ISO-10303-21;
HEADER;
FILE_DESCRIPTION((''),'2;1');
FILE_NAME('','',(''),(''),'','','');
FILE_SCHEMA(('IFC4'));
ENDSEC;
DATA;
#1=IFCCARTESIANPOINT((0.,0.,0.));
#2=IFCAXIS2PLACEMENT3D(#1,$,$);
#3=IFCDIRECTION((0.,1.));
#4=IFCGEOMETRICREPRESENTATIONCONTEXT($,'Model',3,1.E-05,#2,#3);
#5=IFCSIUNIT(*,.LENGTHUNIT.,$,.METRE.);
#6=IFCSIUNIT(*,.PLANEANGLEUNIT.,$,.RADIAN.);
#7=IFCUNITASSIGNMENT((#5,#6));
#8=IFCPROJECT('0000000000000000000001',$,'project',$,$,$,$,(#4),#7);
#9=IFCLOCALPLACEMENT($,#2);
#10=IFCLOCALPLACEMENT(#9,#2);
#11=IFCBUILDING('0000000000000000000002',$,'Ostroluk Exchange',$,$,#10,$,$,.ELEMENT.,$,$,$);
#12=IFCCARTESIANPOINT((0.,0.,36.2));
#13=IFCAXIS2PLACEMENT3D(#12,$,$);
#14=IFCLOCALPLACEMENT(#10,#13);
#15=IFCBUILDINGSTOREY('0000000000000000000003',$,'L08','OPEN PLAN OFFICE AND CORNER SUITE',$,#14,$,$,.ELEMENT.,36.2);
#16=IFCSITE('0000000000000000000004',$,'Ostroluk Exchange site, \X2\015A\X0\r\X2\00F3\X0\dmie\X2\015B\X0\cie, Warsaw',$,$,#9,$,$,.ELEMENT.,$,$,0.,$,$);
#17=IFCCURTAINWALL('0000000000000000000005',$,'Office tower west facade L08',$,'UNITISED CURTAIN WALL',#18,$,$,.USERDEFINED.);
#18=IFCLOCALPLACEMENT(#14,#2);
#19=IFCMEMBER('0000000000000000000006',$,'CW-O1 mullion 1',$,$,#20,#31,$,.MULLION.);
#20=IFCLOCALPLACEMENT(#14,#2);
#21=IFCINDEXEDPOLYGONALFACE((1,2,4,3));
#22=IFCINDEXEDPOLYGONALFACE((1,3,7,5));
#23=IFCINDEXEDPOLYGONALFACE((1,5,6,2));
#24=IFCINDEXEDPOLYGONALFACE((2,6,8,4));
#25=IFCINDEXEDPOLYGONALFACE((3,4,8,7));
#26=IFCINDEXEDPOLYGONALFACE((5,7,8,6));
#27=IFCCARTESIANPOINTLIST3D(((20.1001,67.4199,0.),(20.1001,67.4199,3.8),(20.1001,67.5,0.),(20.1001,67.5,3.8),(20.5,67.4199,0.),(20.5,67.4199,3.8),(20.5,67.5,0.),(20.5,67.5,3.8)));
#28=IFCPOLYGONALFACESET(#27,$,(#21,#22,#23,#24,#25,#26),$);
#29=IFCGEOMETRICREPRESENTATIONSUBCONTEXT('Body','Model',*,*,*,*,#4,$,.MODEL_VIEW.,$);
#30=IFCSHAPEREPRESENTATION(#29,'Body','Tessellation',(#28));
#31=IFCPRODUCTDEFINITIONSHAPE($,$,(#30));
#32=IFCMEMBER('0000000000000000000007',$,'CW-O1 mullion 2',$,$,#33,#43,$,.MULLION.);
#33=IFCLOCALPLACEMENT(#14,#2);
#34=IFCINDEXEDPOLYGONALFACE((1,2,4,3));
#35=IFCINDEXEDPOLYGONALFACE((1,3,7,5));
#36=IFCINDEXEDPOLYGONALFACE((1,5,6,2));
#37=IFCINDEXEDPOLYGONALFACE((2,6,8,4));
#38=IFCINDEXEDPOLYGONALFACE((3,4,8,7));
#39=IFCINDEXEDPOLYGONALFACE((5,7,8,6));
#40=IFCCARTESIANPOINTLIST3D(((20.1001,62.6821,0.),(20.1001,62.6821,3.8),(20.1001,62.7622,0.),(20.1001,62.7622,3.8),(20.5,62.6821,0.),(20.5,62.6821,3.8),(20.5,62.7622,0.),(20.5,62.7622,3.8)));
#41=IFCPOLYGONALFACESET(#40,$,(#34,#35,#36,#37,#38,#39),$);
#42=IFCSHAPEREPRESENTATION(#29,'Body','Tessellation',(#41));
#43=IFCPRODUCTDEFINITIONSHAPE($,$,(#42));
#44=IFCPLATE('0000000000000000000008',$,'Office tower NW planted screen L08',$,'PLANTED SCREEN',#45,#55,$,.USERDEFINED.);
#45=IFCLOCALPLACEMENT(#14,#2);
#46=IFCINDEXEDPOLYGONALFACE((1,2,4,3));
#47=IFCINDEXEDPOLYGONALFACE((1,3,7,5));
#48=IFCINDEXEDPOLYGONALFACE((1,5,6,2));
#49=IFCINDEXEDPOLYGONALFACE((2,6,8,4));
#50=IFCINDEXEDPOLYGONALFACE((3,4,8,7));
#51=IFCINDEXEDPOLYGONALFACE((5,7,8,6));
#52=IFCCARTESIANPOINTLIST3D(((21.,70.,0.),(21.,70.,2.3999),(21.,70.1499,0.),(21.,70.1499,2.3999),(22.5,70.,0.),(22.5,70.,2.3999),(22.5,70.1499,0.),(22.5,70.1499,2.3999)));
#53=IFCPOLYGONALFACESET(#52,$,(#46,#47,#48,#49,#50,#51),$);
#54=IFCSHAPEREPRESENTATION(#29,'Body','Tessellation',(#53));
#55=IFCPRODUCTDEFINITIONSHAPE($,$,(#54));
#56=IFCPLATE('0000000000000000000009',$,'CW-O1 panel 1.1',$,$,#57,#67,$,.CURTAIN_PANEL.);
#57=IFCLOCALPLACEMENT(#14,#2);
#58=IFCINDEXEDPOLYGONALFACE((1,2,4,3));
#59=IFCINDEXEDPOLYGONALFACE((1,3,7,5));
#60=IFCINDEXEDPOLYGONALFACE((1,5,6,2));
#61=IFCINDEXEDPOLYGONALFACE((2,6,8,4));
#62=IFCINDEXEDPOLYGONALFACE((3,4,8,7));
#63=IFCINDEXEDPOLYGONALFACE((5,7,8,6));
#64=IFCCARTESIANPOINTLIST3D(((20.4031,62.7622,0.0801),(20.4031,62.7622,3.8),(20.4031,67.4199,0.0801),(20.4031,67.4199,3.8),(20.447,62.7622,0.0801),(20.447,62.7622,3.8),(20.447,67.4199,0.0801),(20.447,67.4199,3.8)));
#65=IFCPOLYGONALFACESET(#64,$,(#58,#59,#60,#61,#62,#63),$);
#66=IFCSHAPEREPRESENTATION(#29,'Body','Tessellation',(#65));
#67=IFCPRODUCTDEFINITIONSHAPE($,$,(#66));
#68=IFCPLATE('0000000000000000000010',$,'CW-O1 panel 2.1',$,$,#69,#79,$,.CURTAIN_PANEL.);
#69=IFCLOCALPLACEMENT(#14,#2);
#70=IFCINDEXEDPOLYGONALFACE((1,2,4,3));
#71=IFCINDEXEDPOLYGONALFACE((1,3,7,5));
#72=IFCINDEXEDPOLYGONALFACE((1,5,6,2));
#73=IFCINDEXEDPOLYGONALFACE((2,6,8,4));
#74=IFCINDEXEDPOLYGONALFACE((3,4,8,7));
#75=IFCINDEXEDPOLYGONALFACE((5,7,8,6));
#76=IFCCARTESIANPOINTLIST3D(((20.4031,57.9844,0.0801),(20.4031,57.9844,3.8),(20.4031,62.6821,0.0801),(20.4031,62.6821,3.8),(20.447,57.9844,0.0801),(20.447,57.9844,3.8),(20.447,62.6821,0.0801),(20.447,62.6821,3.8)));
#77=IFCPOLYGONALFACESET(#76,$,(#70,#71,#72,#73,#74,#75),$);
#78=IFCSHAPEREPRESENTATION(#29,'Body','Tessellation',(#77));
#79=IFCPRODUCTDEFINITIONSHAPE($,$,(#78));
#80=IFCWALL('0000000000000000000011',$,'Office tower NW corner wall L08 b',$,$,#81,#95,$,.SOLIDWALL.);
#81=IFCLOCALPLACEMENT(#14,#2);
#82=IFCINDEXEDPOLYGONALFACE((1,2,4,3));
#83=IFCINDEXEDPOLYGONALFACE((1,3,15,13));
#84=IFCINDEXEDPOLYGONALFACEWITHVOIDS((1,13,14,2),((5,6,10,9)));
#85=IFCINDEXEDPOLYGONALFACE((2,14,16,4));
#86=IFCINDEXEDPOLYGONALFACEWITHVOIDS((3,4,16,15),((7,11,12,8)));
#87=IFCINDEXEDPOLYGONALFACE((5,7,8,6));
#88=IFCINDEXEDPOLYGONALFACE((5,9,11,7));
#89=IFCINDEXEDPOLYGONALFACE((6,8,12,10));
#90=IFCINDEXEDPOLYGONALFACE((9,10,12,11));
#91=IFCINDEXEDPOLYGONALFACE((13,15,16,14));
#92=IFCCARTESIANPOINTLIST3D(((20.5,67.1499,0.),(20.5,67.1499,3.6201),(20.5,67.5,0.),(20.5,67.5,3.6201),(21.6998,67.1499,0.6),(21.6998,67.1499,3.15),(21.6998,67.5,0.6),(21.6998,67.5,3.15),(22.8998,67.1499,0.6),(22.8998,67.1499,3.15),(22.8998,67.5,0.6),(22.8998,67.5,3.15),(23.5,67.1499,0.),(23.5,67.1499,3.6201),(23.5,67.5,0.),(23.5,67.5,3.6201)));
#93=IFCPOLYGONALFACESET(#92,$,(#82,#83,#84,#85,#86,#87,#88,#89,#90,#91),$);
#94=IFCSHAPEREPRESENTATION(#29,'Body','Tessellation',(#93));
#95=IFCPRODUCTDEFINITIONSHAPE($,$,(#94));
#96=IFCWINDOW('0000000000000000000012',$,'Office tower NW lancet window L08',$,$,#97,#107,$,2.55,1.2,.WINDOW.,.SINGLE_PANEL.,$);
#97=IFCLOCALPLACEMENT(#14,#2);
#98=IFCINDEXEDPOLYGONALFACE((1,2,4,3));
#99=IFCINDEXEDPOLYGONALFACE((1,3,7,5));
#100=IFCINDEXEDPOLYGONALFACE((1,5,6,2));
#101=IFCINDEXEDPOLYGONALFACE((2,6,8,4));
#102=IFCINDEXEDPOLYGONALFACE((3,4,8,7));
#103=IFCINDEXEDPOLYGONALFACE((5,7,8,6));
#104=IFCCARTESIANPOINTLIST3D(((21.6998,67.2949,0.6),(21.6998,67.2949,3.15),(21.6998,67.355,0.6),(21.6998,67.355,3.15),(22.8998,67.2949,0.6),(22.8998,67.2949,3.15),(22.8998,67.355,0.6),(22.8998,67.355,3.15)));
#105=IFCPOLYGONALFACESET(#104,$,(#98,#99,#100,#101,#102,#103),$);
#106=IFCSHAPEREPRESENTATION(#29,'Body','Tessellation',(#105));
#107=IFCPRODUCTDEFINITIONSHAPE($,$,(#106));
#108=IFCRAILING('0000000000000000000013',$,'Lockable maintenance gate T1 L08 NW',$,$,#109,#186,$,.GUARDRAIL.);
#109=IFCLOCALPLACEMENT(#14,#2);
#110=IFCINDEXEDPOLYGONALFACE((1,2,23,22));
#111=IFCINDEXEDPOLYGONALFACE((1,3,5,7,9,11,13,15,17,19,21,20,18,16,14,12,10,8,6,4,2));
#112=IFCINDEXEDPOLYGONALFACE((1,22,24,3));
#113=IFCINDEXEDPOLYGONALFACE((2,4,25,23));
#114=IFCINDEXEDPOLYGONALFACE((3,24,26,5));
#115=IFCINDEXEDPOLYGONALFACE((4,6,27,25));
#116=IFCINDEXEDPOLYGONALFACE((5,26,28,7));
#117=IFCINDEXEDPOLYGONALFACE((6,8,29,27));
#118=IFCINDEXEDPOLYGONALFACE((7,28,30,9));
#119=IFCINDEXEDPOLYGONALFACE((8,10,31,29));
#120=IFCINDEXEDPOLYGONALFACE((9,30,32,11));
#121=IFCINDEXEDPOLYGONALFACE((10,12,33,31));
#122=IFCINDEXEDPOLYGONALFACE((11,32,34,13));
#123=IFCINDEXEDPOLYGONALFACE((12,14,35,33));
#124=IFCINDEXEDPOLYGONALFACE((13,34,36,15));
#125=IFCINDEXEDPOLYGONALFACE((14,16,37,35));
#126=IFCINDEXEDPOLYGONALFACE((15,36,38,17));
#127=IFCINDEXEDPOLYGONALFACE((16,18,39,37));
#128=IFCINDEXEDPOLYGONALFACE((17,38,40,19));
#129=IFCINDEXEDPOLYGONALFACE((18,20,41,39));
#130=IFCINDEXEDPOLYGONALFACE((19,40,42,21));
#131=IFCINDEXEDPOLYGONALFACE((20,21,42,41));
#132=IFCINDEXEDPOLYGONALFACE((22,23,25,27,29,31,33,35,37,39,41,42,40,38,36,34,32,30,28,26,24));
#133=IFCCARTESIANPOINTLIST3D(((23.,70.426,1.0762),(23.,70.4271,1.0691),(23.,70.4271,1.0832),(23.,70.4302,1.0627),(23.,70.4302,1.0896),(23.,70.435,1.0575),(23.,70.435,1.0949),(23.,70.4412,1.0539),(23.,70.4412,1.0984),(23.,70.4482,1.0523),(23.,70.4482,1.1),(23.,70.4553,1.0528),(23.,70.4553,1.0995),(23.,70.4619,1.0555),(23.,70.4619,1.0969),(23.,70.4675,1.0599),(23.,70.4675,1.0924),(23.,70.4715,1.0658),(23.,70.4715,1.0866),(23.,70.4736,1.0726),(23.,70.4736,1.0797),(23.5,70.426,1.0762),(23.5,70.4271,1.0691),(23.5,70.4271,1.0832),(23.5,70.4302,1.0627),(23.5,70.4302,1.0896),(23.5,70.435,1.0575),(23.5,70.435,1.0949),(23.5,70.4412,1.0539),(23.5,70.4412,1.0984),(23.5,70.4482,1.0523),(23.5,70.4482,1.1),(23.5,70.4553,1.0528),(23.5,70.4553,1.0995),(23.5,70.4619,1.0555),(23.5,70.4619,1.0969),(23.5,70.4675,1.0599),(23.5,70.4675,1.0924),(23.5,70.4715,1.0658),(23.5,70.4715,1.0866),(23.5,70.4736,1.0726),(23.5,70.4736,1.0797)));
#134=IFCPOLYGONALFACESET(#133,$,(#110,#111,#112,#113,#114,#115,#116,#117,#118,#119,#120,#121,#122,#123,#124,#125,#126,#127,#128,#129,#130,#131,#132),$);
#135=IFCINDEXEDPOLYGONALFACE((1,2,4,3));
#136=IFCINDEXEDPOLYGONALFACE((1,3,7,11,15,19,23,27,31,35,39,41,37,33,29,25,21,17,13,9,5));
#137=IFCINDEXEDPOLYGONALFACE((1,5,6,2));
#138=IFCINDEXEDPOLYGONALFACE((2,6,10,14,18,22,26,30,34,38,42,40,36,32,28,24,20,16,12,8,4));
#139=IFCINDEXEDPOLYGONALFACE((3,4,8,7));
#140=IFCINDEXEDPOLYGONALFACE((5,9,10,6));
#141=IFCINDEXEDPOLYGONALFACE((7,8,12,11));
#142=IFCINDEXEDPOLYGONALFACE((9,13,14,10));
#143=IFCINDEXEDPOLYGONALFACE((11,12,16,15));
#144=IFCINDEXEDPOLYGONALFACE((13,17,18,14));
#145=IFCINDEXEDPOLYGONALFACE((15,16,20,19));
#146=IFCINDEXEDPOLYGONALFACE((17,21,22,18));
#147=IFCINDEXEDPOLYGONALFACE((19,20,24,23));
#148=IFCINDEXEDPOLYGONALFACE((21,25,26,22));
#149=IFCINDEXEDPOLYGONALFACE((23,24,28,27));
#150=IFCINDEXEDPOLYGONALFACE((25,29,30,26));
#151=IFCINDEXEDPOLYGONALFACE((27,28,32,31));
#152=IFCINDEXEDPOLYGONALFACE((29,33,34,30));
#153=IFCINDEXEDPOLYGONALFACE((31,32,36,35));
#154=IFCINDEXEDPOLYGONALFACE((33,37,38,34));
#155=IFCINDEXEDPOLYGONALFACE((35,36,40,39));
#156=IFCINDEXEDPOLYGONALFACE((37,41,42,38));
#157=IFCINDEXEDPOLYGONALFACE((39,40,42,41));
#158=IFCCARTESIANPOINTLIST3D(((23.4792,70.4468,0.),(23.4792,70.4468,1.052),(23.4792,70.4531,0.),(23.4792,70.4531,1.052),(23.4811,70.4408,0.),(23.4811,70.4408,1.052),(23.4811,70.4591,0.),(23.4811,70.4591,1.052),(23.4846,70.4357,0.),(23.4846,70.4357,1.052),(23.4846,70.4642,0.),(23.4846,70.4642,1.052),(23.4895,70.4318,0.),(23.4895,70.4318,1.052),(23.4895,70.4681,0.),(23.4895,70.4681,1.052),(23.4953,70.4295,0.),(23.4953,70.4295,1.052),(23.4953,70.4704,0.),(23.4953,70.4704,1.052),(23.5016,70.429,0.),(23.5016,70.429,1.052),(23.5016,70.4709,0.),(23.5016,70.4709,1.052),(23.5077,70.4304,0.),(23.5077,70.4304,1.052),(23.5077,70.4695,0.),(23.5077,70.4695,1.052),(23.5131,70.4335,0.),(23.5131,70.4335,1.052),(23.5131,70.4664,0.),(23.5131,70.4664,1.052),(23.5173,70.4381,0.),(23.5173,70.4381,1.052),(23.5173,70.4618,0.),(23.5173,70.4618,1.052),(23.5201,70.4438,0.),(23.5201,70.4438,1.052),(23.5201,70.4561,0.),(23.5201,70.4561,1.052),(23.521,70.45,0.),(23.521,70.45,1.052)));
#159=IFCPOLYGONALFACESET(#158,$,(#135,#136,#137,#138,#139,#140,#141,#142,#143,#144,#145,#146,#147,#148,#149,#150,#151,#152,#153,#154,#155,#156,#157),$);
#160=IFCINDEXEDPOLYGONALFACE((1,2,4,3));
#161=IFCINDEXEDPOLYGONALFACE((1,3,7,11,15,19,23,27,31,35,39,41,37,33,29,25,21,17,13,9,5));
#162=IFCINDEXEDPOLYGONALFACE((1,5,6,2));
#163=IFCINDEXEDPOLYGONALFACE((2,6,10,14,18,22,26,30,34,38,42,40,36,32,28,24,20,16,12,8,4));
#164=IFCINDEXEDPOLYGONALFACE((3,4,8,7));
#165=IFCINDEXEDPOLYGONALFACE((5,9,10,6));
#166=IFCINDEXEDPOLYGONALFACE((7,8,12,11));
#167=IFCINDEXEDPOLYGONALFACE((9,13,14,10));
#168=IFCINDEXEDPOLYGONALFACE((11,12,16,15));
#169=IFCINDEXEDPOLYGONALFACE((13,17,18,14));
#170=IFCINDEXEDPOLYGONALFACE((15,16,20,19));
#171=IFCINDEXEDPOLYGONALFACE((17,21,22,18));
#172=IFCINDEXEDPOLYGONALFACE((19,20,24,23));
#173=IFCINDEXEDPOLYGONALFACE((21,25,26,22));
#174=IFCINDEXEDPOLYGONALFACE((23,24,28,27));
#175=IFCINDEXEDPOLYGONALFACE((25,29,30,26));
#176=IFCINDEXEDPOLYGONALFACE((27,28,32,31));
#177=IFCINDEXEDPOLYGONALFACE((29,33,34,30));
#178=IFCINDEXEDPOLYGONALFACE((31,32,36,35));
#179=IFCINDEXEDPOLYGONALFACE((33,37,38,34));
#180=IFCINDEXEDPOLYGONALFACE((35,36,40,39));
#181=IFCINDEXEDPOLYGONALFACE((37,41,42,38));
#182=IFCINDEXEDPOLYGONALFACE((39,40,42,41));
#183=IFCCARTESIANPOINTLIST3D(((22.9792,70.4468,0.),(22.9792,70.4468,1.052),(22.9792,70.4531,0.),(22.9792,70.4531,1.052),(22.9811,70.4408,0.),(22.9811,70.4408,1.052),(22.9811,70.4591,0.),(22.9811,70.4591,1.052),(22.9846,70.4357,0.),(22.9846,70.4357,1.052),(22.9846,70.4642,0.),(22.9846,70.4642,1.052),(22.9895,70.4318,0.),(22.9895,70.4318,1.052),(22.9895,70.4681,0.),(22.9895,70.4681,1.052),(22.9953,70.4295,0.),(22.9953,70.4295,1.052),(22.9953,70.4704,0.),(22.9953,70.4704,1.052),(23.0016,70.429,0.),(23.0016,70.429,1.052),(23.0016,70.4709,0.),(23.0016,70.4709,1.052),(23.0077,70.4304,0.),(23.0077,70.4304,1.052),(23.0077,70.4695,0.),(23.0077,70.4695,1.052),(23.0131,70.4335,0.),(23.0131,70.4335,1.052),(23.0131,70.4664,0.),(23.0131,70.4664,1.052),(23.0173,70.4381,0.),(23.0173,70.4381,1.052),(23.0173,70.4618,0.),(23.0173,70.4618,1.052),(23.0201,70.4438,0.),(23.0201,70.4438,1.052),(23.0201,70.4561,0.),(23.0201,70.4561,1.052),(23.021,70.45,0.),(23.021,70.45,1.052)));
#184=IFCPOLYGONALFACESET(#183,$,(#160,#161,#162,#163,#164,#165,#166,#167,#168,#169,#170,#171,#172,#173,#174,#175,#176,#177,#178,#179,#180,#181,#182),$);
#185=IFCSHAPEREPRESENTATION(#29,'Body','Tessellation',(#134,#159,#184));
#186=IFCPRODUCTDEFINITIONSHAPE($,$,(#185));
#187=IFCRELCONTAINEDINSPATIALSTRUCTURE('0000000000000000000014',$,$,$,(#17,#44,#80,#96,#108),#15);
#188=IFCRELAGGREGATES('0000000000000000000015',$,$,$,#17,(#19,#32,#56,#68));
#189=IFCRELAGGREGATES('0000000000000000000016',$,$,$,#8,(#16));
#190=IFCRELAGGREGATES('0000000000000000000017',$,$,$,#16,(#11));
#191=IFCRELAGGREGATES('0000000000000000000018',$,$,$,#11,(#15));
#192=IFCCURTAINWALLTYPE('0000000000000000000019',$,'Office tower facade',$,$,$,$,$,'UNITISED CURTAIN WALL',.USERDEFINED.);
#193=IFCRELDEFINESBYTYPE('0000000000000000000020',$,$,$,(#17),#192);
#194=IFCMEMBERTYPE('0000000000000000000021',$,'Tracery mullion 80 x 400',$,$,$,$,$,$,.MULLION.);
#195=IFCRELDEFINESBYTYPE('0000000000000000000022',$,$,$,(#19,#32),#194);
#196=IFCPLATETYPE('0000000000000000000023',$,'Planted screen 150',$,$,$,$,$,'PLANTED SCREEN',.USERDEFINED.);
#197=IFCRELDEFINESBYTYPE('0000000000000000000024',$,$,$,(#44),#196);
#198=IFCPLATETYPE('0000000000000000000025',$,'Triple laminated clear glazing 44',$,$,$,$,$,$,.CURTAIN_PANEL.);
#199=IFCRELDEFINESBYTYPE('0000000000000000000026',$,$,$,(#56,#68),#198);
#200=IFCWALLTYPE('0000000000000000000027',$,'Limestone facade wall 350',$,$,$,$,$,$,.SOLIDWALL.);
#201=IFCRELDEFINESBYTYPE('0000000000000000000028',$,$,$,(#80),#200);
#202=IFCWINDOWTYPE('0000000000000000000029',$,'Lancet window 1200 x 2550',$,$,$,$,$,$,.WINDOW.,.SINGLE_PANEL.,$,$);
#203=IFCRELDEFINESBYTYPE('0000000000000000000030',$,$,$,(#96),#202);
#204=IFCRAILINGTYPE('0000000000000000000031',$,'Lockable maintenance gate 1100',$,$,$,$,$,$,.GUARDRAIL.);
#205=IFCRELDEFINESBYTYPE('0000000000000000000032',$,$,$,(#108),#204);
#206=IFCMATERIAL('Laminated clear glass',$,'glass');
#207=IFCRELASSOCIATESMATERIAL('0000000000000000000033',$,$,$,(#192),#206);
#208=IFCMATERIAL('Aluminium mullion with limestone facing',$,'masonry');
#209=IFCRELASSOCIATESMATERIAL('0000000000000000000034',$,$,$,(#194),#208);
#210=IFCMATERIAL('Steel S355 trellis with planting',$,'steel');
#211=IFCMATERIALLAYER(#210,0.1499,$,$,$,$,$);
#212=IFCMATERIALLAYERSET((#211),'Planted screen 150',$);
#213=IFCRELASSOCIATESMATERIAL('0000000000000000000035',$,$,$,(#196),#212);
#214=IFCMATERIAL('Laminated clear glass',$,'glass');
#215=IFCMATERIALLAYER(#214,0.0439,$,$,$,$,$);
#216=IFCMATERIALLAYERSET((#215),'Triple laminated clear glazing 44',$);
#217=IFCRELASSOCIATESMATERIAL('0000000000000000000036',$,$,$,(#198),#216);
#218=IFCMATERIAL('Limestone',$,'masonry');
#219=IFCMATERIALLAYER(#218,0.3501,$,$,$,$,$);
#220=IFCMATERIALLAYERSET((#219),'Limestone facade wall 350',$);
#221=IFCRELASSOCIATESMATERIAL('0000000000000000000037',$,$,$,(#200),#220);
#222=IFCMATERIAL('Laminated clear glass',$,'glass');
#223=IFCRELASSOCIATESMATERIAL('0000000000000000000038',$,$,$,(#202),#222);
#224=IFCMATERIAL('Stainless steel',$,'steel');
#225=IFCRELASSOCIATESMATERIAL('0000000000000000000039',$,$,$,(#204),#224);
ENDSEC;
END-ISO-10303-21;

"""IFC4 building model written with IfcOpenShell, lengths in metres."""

from ifc_helpers import new_model, si_unit, direction, frame, frame_2d, origin, origin_2d, place, context, subcontext, project, spatial, rectangle, circle, extrude, material, layer, layer_set, material_profile, profile_set, type_object, element, fill, aggregate, save


model = new_model("IFC4")

# Units and contexts
model_context = context("Model", 3, precision=1e-05, world=origin(), true_north=direction((0.0, 1.0)))
body_context = subcontext(model_context, "Body", "Model", "MODEL_VIEW")
ifc_project = project(units=[si_unit("LENGTHUNIT", "METRE"), si_unit("PLANEANGLEUNIT", "RADIAN")], contexts=[model_context])

# Site, building, storey
site_placement = place(None, origin())
site = spatial("IfcSite", under=ifc_project, at=site_placement, Name="Ostroluk Exchange site, Śródmieście, Warsaw", CompositionType="ELEMENT", RefElevation=0.0)
building_placement = place(site_placement, origin())
building = spatial("IfcBuilding", under=site, at=building_placement, Name="Ostroluk Exchange", CompositionType="ELEMENT")
storey_placement = place(building_placement, frame((0.0, 0.0, 36.2)))
storey = spatial("IfcBuildingStorey", under=building, at=storey_placement, Name="L08", Description="OPEN PLAN OFFICE AND CORNER SUITE", CompositionType="ELEMENT", Elevation=36.2)

# Curtain wall
ifc_material_1 = material(Name="Laminated clear glass", Category="glass")
curtain_wall_type = type_object("IfcCurtainWallType", Name="Office tower facade", ElementType="UNITISED CURTAIN WALL", PredefinedType="USERDEFINED", material=ifc_material_1)
curtain_wall_1_placement = place(storey_placement, origin())
curtain_wall_1 = element("IfcCurtainWall", 1, at=curtain_wall_1_placement, inside=storey, type_object=curtain_wall_type, Name="Office tower west facade L08", ObjectType="UNITISED CURTAIN WALL", PredefinedType="USERDEFINED")

# Shared definitions
ifc_material_2 = material(Name="Aluminium mullion with limestone facing", Category="masonry")
ifc_material_profile_1 = material_profile(ifc_material_2, rectangle(XDim=0.3999, YDim=0.0801, at=origin_2d()), Name="Tracery mullion 80 x 400")
ifc_profile_set_1 = profile_set([ifc_material_profile_1], Name="Aluminium mullion with limestone facing")
member_type_1 = type_object("IfcMemberType", Name="Tracery mullion 80 x 400", PredefinedType="MULLION", material=ifc_profile_set_1)

# Members
member_1_placement = place(storey_placement, frame((20.3, 67.46, 0.0), z_axis=(0.0, 0.0, 1.0), x_axis=(1.0, 0.0, 0.0)))
member_1 = element("IfcMember", 2, at=member_1_placement, type_object=member_type_1, Name="CW-O1 mullion 1", PredefinedType="MULLION", context=body_context, shape_type="SweptSolid", body=[
    extrude(rectangle(XDim=0.3999, YDim=0.0801, at=origin_2d()), origin(), (0.0, 0.0, 1.0), 3.8),
])
member_2_placement = place(storey_placement, frame((20.3, 62.7222, 0.0), z_axis=(0.0, 0.0, 1.0), x_axis=(1.0, 0.0, 0.0)))
member_2 = element("IfcMember", 3, at=member_2_placement, type_object=member_type_1, Name="CW-O1 mullion 2", PredefinedType="MULLION", context=body_context, shape_type="SweptSolid", body=[
    extrude(rectangle(XDim=0.3999, YDim=0.0801, at=origin_2d()), origin(), (0.0, 0.0, 1.0), 3.8),
])

# Plates
ifc_material_3 = material(Name="Steel S355 trellis with planting", Category="steel")
ifc_layer_1 = layer(ifc_material_3, 0.1499)
ifc_layer_set_1 = layer_set([ifc_layer_1], Name="Planted screen 150")
plate_type_1 = type_object("IfcPlateType", Name="Planted screen 150", ElementType="PLANTED SCREEN", PredefinedType="USERDEFINED", material=ifc_layer_set_1)
plate_1_placement = place(storey_placement, frame((21.75, 70.075, 0.0), z_axis=(0.0, 0.0, 1.0), x_axis=(1.0, 0.0, 0.0)))
element("IfcPlate", 4, at=plate_1_placement, inside=storey, type_object=plate_type_1, Name="Office tower NW planted screen L08", ObjectType="PLANTED SCREEN", PredefinedType="USERDEFINED", context=body_context, shape_type="SweptSolid", body=[
    extrude(rectangle(XDim=1.5, YDim=0.1499, at=origin_2d()), origin(), (0.0, 0.0, 1.0), 2.3999),
])
ifc_material_4 = material(Name="Laminated clear glass", Category="glass")
ifc_layer_2 = layer(ifc_material_4, 0.0439)
ifc_layer_set_2 = layer_set([ifc_layer_2], Name="Triple laminated clear glazing 44")
plate_type_2 = type_object("IfcPlateType", Name="Triple laminated clear glazing 44", PredefinedType="CURTAIN_PANEL", material=ifc_layer_set_2)
plate_2_placement = place(storey_placement, frame((20.425, 65.0911, 0.0801), z_axis=(0.0, 0.0, 1.0), x_axis=(0.0, -1.0, 0.0)))
plate_2 = element("IfcPlate", 5, at=plate_2_placement, type_object=plate_type_2, Name="CW-O1 panel 1.1", PredefinedType="CURTAIN_PANEL", context=body_context, shape_type="SweptSolid", body=[
    extrude(rectangle(XDim=4.6577, YDim=0.0439, at=origin_2d()), origin(), (0.0, 0.0, 1.0), 3.72),
])
plate_3_placement = place(storey_placement, frame((20.425, 60.3333, 0.0801), z_axis=(0.0, 0.0, 1.0), x_axis=(0.0, -1.0, 0.0)))
plate_3 = element("IfcPlate", 6, at=plate_3_placement, type_object=plate_type_2, Name="CW-O1 panel 2.1", PredefinedType="CURTAIN_PANEL", context=body_context, shape_type="SweptSolid", body=[
    extrude(rectangle(XDim=4.6978, YDim=0.0439, at=origin_2d()), origin(), (0.0, 0.0, 1.0), 3.72),
])
aggregate(curtain_wall_1, [member_1, member_2, plate_2, plate_3])

# Shared definitions
ifc_material_5 = material(Name="Limestone", Category="masonry")
ifc_layer_3 = layer(ifc_material_5, 0.3501)
ifc_layer_set_3 = layer_set([ifc_layer_3], Name="Limestone facade wall 350")
wall_type = type_object("IfcWallType", Name="Limestone facade wall 350", PredefinedType="SOLIDWALL", material=ifc_layer_set_3)

# Wall, opening, window
wall_1_placement = place(storey_placement, frame((23.5, 67.325, 0.0), z_axis=(0.0, 0.0, 1.0), x_axis=(-1.0, 0.0, 0.0)))
wall_1 = element("IfcWall", 7, at=wall_1_placement, inside=storey, type_object=wall_type, Name="Office tower NW corner wall L08 b", PredefinedType="SOLIDWALL", context=body_context, shape_type="SweptSolid", body=[
    extrude(rectangle(XDim=3.0, YDim=0.3501, at=frame_2d((1.5, 0.0))), origin(), (0.0, 0.0, 1.0), 3.6201),
])
opening_1_placement = place(wall_1_placement, frame((0.6001, 0.0, 0.6001)))
opening_1 = element("IfcOpeningElement", 8, at=opening_1_placement, cuts=wall_1, PredefinedType="OPENING", context=body_context, shape_type="SweptSolid", body=[
    extrude(rectangle(XDim=1.2, YDim=2.55, at=frame_2d((0.6001, 1.2749))), frame((0.0, 0.1851, 0.0), z_axis=(0.0, -1.0, 0.0), x_axis=(1.0, 0.0, 0.0)), (0.0, 0.0, 1.0), 0.3701),
])
ifc_material_6 = material(Name="Laminated clear glass", Category="glass")
window_type = type_object("IfcWindowType", Name="Lancet window 1200 x 2550", PartitioningType="SINGLE_PANEL", PredefinedType="WINDOW", material=ifc_material_6)
window_placement = place(opening_1_placement, origin())
window = element("IfcWindow", 9, at=window_placement, inside=storey, type_object=window_type, Name="Office tower NW lancet window L08", OverallHeight=2.55, OverallWidth=1.2, PartitioningType="SINGLE_PANEL", PredefinedType="WINDOW", context=body_context, shape_type="SweptSolid", body=[
    extrude(rectangle(XDim=1.2, YDim=2.55, at=frame_2d((0.6001, 1.2749))), frame((0.0, 0.03, 0.0), z_axis=(0.0, -1.0, 0.0), x_axis=(1.0, 0.0, 0.0)), (0.0, 0.0, 1.0), 0.0601),
])
fill(opening_1, window)

# Railing
ifc_material_7 = material(Name="Stainless steel", Category="steel")
railing_type_1 = type_object("IfcRailingType", Name="Lockable maintenance gate 1100", PredefinedType="GUARDRAIL", material=ifc_material_7)
railing_1_placement = place(storey_placement, frame((23.5, 70.45, 0.0)))
element("IfcRailing", 10, at=railing_1_placement, inside=storey, type_object=railing_type_1, Name="Lockable maintenance gate T1 L08 NW", PredefinedType="GUARDRAIL", context=body_context, shape_type="SweptSolid", body=[
    extrude(circle(Radius=0.0239, at=origin_2d()), frame((0.0, 0.0, 1.0762), z_axis=(-1.0, 0.0, 0.0), x_axis=(0.0, -1.0, 0.0)), (0.0, 0.0, 1.0), 0.5),
    extrude(circle(Radius=0.021, at=origin_2d()), origin(), (0.0, 0.0, 1.0), 1.052),
    extrude(circle(Radius=0.021, at=origin_2d()), frame((-0.5, 0.0, 0.0)), (0.0, 0.0, 1.0), 1.052),
])

save(model, "model.ifc")
